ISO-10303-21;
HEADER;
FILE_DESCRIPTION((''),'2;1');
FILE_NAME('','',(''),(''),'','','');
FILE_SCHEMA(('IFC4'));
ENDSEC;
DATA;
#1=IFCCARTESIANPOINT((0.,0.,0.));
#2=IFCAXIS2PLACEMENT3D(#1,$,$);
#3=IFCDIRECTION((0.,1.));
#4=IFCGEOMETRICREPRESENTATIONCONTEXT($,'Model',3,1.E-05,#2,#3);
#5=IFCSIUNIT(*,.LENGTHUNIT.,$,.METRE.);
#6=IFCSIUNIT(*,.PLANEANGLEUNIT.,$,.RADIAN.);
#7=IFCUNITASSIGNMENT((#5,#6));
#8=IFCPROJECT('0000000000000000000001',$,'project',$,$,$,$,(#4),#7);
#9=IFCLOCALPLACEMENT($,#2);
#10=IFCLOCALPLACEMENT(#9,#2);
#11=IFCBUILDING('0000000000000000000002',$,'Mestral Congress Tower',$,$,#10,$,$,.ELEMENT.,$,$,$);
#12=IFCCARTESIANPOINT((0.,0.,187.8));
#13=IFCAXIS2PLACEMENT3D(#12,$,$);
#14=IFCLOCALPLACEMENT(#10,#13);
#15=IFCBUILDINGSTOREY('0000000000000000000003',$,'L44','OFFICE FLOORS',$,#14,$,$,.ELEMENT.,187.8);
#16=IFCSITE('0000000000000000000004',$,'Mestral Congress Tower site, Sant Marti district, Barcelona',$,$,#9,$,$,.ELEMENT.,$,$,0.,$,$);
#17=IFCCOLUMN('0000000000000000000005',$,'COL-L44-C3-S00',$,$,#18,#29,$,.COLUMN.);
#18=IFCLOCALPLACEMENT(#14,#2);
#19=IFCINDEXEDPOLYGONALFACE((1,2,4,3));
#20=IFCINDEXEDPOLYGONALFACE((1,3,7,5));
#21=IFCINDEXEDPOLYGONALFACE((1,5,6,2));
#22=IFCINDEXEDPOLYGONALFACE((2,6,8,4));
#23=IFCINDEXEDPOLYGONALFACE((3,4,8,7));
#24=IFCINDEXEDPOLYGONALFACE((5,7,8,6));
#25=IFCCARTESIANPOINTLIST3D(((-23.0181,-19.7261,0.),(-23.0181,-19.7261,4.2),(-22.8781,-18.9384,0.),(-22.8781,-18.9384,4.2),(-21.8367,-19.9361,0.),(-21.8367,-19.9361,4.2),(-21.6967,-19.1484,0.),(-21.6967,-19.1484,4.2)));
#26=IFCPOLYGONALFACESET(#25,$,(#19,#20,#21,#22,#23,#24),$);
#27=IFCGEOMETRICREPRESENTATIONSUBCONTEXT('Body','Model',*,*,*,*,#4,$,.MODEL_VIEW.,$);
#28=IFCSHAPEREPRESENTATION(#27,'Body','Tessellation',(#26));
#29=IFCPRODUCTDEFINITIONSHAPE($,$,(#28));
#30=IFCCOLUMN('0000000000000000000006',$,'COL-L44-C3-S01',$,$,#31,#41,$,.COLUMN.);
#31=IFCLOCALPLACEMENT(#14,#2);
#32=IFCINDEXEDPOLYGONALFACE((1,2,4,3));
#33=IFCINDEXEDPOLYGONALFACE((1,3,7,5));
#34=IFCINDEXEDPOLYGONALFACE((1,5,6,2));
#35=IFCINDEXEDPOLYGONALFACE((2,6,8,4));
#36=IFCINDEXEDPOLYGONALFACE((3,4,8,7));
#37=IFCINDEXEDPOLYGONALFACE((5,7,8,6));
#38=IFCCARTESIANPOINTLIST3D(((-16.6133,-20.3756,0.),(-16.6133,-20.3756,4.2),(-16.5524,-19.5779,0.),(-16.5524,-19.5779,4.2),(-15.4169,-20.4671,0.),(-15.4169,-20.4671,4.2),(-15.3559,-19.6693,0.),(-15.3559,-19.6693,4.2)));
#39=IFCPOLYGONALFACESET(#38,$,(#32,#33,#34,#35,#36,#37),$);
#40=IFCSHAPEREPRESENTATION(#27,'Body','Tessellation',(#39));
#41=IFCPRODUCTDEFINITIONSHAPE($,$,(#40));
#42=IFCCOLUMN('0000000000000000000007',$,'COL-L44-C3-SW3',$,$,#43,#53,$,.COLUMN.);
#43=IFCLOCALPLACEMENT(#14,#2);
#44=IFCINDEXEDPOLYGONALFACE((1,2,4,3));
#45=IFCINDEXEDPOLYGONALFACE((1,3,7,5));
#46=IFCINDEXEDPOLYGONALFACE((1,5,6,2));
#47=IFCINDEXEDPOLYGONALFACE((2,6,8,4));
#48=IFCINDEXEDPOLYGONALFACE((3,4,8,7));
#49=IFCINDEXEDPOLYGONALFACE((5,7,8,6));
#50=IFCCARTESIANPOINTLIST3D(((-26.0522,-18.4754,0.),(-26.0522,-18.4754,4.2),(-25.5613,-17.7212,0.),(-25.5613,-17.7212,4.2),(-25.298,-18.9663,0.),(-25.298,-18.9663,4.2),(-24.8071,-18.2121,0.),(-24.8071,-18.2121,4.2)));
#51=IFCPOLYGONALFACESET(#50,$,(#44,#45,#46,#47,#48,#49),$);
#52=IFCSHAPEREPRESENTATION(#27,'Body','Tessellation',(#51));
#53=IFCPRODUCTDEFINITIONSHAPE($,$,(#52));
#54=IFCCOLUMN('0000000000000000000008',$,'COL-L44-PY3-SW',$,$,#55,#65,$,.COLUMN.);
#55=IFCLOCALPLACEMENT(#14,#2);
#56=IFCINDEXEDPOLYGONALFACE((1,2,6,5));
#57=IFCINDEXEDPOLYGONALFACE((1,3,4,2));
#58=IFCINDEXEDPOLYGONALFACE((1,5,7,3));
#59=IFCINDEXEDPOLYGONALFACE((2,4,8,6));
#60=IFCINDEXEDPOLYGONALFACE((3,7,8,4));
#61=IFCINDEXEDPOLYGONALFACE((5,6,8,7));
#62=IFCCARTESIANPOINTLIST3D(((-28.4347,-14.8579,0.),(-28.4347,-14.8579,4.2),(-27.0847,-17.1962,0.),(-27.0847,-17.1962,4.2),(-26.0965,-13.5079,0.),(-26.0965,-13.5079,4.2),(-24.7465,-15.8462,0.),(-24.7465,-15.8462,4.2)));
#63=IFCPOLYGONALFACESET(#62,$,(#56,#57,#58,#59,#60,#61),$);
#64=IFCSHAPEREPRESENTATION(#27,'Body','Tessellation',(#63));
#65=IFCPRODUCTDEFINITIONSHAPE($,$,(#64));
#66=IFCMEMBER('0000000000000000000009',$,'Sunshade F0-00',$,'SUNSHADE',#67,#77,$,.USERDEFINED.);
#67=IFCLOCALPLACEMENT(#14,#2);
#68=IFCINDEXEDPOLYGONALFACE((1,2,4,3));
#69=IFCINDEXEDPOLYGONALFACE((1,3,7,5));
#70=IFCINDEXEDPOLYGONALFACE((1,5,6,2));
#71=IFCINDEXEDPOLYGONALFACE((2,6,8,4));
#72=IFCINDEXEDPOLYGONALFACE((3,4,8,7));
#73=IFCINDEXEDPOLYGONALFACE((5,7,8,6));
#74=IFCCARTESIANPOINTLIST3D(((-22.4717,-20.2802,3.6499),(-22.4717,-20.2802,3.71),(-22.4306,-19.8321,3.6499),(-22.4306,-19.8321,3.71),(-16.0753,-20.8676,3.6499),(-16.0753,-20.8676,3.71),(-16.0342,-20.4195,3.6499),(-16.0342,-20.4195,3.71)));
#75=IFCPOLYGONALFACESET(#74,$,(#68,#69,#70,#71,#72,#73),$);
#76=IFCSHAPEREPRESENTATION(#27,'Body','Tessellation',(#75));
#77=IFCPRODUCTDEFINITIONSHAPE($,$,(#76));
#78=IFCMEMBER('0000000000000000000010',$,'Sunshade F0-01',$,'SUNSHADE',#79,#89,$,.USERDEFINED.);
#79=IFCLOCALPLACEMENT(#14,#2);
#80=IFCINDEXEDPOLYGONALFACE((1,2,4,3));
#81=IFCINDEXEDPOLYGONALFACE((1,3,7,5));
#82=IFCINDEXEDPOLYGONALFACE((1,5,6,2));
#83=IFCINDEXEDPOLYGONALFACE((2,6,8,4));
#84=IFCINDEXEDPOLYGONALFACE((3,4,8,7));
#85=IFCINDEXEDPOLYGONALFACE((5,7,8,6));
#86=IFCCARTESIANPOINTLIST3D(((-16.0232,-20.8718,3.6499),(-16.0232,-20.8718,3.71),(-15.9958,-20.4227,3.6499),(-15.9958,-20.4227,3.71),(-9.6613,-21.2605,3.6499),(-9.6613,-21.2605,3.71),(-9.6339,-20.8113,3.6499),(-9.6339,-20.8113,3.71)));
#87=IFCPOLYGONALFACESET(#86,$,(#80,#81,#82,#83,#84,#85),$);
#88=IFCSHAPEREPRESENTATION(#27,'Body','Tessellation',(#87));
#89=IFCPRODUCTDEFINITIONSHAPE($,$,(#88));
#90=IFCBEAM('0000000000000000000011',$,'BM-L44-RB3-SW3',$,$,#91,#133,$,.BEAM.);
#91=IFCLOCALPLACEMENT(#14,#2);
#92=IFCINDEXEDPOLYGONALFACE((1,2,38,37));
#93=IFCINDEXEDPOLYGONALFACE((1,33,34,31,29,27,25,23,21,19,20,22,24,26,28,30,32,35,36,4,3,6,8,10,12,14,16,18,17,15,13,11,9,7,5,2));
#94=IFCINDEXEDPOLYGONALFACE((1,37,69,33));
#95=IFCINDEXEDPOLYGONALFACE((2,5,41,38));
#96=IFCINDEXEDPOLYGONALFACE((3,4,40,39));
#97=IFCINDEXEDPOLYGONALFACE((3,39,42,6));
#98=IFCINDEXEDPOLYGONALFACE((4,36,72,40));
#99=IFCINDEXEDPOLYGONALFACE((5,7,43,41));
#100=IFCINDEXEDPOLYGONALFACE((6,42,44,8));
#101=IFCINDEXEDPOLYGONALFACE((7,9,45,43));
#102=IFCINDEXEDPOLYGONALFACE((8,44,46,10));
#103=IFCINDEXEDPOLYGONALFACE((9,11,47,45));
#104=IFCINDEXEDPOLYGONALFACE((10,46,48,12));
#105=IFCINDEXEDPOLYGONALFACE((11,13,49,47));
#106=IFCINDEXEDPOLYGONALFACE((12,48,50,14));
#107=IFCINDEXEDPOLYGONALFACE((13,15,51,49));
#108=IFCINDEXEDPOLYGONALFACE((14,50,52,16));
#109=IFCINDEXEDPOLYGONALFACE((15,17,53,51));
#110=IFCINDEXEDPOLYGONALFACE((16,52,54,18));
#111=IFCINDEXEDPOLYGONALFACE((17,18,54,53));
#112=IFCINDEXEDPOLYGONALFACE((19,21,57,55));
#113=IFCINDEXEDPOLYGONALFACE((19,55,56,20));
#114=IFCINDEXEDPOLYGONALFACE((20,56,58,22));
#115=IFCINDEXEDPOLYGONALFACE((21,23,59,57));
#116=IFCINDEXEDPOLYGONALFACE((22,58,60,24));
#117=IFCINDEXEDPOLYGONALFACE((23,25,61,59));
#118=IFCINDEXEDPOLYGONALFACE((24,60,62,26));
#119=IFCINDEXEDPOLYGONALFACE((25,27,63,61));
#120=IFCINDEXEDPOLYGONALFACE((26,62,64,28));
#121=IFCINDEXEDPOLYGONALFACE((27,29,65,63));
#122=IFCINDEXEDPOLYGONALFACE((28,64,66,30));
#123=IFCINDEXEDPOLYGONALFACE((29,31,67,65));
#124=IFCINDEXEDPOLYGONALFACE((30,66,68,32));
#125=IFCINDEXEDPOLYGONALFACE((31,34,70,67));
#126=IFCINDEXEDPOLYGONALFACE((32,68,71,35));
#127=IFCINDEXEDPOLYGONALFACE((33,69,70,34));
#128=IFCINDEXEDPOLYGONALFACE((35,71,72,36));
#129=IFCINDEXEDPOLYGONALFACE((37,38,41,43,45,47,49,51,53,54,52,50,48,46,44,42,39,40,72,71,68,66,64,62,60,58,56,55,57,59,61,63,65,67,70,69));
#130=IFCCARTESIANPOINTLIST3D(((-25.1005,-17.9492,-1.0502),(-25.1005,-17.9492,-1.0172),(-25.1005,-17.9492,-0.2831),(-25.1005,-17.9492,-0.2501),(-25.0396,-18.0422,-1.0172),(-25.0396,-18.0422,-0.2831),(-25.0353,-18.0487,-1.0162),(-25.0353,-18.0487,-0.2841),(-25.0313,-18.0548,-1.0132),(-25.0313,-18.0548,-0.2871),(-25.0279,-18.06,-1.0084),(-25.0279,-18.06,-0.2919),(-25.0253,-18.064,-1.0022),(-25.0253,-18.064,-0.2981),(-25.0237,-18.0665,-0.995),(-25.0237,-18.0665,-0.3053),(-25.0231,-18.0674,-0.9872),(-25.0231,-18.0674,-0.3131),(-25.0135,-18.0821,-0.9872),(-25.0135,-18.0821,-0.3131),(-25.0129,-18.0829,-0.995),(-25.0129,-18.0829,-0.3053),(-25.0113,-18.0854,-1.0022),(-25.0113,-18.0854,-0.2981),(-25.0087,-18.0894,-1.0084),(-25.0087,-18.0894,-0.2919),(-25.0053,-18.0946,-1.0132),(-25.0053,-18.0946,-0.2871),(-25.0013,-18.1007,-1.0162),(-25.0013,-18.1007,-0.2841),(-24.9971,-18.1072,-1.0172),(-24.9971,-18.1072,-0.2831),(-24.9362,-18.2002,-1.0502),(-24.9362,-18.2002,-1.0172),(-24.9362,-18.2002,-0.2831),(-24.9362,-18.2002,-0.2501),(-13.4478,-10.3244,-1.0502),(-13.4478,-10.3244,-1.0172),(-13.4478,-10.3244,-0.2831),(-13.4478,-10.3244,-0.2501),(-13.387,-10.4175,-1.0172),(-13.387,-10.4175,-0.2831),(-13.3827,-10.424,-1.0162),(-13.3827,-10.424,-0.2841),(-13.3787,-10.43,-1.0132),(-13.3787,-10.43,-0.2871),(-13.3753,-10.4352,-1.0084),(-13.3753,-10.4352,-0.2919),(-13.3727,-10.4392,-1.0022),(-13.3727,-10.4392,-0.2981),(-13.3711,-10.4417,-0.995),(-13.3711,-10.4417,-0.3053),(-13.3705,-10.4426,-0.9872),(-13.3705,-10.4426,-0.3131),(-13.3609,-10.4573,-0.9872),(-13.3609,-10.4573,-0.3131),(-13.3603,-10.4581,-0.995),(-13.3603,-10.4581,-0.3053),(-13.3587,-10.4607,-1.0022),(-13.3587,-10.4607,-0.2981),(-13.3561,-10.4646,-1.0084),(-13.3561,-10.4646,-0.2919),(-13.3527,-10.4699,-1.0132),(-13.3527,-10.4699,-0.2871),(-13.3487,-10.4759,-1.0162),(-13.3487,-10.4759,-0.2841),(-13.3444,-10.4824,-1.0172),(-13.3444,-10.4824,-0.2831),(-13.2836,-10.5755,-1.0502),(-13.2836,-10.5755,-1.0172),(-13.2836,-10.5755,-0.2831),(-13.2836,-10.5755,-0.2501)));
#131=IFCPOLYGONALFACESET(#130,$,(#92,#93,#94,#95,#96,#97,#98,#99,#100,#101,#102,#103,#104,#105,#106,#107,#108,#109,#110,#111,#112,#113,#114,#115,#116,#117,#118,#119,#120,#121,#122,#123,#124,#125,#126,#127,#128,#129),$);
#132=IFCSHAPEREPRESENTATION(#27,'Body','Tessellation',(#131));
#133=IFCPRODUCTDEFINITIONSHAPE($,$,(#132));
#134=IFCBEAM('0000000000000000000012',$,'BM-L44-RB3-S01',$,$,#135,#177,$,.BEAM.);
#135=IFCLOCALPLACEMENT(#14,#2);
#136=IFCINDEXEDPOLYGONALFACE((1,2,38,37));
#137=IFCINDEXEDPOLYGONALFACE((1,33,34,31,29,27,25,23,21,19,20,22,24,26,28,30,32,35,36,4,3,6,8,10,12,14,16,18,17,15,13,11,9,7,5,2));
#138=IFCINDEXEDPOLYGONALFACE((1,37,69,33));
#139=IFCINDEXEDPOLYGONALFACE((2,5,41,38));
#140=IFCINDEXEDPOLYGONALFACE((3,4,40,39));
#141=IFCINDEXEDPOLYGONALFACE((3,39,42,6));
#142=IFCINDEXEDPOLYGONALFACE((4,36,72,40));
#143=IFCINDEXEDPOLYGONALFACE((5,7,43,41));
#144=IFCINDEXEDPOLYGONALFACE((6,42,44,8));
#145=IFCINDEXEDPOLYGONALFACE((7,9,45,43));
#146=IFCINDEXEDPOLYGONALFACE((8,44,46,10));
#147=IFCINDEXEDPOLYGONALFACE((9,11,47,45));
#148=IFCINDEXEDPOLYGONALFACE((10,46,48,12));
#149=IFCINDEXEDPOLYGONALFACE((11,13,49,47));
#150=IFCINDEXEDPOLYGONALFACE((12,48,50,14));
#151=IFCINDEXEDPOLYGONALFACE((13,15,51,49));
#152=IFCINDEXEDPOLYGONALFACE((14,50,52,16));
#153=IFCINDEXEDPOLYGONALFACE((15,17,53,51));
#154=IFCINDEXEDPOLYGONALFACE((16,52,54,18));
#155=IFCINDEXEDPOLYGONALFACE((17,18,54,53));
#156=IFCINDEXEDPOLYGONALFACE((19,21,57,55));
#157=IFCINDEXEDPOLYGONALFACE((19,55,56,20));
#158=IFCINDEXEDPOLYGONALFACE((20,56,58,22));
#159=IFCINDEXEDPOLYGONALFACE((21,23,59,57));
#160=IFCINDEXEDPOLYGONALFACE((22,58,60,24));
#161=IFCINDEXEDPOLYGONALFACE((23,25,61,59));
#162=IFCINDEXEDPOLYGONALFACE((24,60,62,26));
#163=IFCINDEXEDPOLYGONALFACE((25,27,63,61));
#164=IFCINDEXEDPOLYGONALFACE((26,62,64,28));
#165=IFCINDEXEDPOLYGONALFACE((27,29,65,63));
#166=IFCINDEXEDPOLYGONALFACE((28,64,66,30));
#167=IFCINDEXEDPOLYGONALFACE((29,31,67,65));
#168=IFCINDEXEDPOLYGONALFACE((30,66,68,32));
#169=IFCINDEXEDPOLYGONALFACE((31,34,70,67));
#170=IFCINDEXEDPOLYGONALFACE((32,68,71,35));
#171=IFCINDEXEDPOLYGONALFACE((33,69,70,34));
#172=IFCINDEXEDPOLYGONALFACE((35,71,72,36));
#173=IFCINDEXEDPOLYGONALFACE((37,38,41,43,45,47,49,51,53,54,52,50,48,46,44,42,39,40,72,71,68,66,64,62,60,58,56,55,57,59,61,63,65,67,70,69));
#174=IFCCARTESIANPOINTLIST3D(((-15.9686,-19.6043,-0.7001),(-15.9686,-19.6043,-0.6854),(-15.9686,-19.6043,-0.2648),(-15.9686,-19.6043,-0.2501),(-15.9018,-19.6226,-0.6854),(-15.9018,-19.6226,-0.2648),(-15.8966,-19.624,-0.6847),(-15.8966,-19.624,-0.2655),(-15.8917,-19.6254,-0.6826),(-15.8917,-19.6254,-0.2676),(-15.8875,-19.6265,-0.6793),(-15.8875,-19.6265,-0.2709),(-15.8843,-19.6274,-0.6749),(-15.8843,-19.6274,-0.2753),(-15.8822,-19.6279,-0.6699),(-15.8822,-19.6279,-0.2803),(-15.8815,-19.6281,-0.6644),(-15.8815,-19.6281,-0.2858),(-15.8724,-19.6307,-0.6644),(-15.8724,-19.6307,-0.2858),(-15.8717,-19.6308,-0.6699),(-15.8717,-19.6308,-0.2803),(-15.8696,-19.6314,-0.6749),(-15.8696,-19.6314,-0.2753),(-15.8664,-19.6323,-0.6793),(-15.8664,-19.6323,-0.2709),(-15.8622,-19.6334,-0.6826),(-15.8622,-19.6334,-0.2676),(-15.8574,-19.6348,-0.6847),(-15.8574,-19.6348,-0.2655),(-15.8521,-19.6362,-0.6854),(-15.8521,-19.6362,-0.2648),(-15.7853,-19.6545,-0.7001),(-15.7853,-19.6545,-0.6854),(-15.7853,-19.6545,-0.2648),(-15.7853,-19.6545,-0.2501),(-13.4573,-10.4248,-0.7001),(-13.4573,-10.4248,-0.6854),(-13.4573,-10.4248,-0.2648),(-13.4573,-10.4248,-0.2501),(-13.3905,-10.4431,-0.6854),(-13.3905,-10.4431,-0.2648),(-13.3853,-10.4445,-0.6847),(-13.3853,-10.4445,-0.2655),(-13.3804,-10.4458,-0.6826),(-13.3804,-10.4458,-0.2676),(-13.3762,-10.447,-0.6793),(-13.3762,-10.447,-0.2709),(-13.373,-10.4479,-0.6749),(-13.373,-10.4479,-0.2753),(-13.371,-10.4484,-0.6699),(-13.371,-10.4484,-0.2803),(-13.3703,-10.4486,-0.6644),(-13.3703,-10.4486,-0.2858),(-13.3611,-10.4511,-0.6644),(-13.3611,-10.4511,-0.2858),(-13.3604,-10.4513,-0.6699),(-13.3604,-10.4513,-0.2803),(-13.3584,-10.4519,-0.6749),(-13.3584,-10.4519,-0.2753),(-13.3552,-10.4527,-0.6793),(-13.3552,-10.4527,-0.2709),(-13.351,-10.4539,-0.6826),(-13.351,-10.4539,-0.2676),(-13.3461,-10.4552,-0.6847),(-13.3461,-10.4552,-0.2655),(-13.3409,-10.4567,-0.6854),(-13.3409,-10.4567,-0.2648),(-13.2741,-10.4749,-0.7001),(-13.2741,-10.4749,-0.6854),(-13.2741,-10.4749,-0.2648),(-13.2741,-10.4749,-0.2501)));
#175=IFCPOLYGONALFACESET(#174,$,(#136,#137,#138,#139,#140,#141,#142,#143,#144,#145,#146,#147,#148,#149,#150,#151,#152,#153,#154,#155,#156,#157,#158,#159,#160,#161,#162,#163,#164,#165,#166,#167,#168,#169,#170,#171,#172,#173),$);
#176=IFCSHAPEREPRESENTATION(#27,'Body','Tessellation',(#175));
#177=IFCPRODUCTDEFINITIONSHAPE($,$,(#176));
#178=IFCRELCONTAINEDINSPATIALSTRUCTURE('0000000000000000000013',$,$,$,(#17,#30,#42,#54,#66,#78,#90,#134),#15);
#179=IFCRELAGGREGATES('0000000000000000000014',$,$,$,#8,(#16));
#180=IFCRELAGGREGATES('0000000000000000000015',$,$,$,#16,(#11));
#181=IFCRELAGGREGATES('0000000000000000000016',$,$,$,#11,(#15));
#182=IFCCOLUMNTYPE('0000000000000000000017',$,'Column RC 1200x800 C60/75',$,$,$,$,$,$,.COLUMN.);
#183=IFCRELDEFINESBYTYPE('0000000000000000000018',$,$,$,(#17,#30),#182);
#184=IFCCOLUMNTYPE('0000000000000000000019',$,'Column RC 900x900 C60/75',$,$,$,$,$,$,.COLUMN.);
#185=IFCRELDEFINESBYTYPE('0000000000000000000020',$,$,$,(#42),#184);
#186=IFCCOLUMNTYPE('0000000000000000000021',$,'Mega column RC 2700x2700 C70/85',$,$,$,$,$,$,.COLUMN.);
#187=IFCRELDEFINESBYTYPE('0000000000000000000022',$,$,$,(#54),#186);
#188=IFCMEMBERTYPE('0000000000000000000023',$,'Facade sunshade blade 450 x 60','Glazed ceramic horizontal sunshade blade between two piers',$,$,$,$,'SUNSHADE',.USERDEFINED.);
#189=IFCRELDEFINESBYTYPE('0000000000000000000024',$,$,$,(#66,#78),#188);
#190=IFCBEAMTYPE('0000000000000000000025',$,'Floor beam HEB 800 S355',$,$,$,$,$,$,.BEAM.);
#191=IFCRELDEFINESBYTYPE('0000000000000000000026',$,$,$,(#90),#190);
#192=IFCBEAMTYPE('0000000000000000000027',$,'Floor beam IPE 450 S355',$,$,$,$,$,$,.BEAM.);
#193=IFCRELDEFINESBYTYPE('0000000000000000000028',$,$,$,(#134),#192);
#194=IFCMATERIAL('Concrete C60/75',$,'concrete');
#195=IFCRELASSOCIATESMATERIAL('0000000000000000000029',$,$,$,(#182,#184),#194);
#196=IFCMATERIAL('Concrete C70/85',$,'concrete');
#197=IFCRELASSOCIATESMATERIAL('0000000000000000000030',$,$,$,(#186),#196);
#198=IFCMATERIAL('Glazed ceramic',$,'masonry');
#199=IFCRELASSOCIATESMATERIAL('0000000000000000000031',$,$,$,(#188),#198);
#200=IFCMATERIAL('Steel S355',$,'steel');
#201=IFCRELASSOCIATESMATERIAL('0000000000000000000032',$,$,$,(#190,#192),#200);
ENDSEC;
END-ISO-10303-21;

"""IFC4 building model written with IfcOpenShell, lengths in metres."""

from ifc_helpers import new_model, si_unit, direction, frame, origin, origin_2d, place, context, subcontext, project, spatial, rectangle, i_section, extrude, material, material_profile, profile_set, type_object, element, save


model = new_model("IFC4")

# Units and contexts
model_context = context("Model", 3, precision=1e-05, world=origin(), true_north=direction((0.0, 1.0)))
body_context = subcontext(model_context, "Body", "Model", "MODEL_VIEW")
ifc_project = project(units=[si_unit("LENGTHUNIT", "METRE"), si_unit("PLANEANGLEUNIT", "RADIAN")], contexts=[model_context])

# Site, building, storey
site_placement = place(None, origin())
site = spatial("IfcSite", under=ifc_project, at=site_placement, Name="Mestral Congress Tower site, Sant Marti district, Barcelona", CompositionType="ELEMENT", RefElevation=0.0)
building_placement = place(site_placement, origin())
building = spatial("IfcBuilding", under=site, at=building_placement, Name="Mestral Congress Tower", CompositionType="ELEMENT")
storey_placement = place(building_placement, frame((0.0, 0.0, 187.8)))
storey = spatial("IfcBuildingStorey", under=building, at=storey_placement, Name="L44", Description="OFFICE FLOORS", CompositionType="ELEMENT", Elevation=187.8)

# Columns
ifc_material_1 = material(Name="Concrete C60/75", Category="concrete")
ifc_material_profile_1 = material_profile(ifc_material_1, rectangle(XDim=1.2, YDim=0.8, at=origin_2d()), Name="RC 1200x800")
ifc_profile_set_1 = profile_set([ifc_material_profile_1], Name="Concrete C60/75")
column_type_1 = type_object("IfcColumnType", Name="Column RC 1200x800 C60/75", PredefinedType="COLUMN", material=ifc_profile_set_1)
for number, where, z_axis, x_axis, name in (
    (1, (-22.3574, -19.4373, 0.0), (0.0, 0.0, 1.0), (0.984571, -0.174985, 0.0), "COL-L44-C3-S00"),
    (2, (-15.9846, -20.0225, 0.0), (0.0, 0.0, 1.0), (0.99709, -0.076237, 0.0), "COL-L44-C3-S01"),
):
    element("IfcColumn", number, at=place(storey_placement, frame(where, z_axis=z_axis, x_axis=x_axis)), inside=storey, type_object=column_type_1, Name=name, PredefinedType="COLUMN", context=body_context, shape_type="SweptSolid", body=[
        extrude(rectangle(XDim=1.2, YDim=0.8, at=origin_2d()), origin(), (0.0, 0.0, 1.0), 4.2),
    ])
ifc_material_profile_2 = material_profile(ifc_material_1, rectangle(XDim=0.8999, YDim=0.8999, at=origin_2d()), Name="RC 900x900")
ifc_profile_set_2 = profile_set([ifc_material_profile_2], Name="Concrete C60/75")
column_type_2 = type_object("IfcColumnType", Name="Column RC 900x900 C60/75", PredefinedType="COLUMN", material=ifc_profile_set_2)
column_1_placement = place(storey_placement, frame((-25.4297, -18.3438, 0.0), z_axis=(0.0, 0.0, 1.0), x_axis=(0.838094, -0.545526, 0.0)))
element("IfcColumn", 3, at=column_1_placement, inside=storey, type_object=column_type_2, Name="COL-L44-C3-SW3", PredefinedType="COLUMN", context=body_context, shape_type="SweptSolid", body=[
    extrude(rectangle(XDim=0.8999, YDim=0.8999, at=origin_2d()), origin(), (0.0, 0.0, 1.0), 4.2),
])
ifc_material_2 = material(Name="Concrete C70/85", Category="concrete")
ifc_material_profile_3 = material_profile(ifc_material_2, rectangle(XDim=2.7, YDim=2.7, at=origin_2d()), Name="RC 2700x2700")
ifc_profile_set_3 = profile_set([ifc_material_profile_3], Name="Concrete C70/85")
column_type_3 = type_object("IfcColumnType", Name="Mega column RC 2700x2700 C70/85", PredefinedType="COLUMN", material=ifc_profile_set_3)
column_2_placement = place(storey_placement, frame((-26.5906, -15.3521, 0.0), z_axis=(0.0, 0.0, 1.0), x_axis=(-0.866025, -0.5, 0.0)))
element("IfcColumn", 4, at=column_2_placement, inside=storey, type_object=column_type_3, Name="COL-L44-PY3-SW", PredefinedType="COLUMN", context=body_context, shape_type="SweptSolid", body=[
    extrude(rectangle(XDim=2.7, YDim=2.7, at=origin_2d()), origin(), (0.0, 0.0, 1.0), 4.2),
])

# Members
ifc_material_3 = material(Name="Glazed ceramic", Category="masonry")
ifc_material_profile_4 = material_profile(ifc_material_3, rectangle(XDim=0.45, YDim=0.0601, at=origin_2d()), Name="Ceramic blade 450 x 60")
ifc_profile_set_4 = profile_set([ifc_material_profile_4], Name="Glazed ceramic")
member_type = type_object("IfcMemberType", Name="Facade sunshade blade 450 x 60", Description="Glazed ceramic horizontal sunshade blade between two piers", ElementType="SUNSHADE", PredefinedType="USERDEFINED", material=ifc_profile_set_4)
member_1_placement = place(storey_placement, frame((-22.4512, -20.0562, 3.6799), z_axis=(0.99581, -0.091447, 0.0), x_axis=(0.091447, 0.99581, 0.0)))
element("IfcMember", 5, at=member_1_placement, inside=storey, type_object=member_type, Name="Sunshade F0-00", ObjectType="SUNSHADE", PredefinedType="USERDEFINED", context=body_context, shape_type="SweptSolid", body=[
    extrude(rectangle(XDim=0.45, YDim=0.0601, at=origin_2d()), origin(), (0.0, 0.0, 1.0), 6.4233),
])
member_2_placement = place(storey_placement, frame((-16.0095, -20.6472, 3.6799), z_axis=(0.998139, -0.060981, 0.0), x_axis=(0.060981, 0.998139, 0.0)))
element("IfcMember", 6, at=member_2_placement, inside=storey, type_object=member_type, Name="Sunshade F0-01", ObjectType="SUNSHADE", PredefinedType="USERDEFINED", context=body_context, shape_type="SweptSolid", body=[
    extrude(rectangle(XDim=0.45, YDim=0.0601, at=origin_2d()), origin(), (0.0, 0.0, 1.0), 6.3738),
])

# Beams
ifc_material_4 = material(Name="Steel S355", Category="steel")
ifc_material_profile_5 = material_profile(ifc_material_4, i_section(OverallWidth=0.3, OverallDepth=0.8, WebThickness=0.0176, FlangeThickness=0.033, FilletRadius=0.03, at=origin_2d()), Name="HEB 800")
ifc_profile_set_5 = profile_set([ifc_material_profile_5], Name="Steel S355")
beam_type_1 = type_object("IfcBeamType", Name="Floor beam HEB 800 S355", PredefinedType="BEAM", material=ifc_profile_set_5)
beam_1_placement = place(storey_placement, frame((-25.0183, -18.0747, -0.6501), z_axis=(0.83678, 0.547539, 0.0), x_axis=(-0.547539, 0.83678, 0.0)))
element("IfcBeam", 7, at=beam_1_placement, inside=storey, type_object=beam_type_1, Name="BM-L44-RB3-SW3", PredefinedType="BEAM", context=body_context, shape_type="SweptSolid", body=[
    extrude(i_section(OverallWidth=0.3, OverallDepth=0.8, WebThickness=0.0176, FlangeThickness=0.033, FilletRadius=0.03, at=origin_2d()), origin(), (0.0, 0.0, 1.0), 13.9255),
])
ifc_material_profile_6 = material_profile(ifc_material_4, i_section(OverallWidth=0.1899, OverallDepth=0.45, WebThickness=0.0095, FlangeThickness=0.0146, FilletRadius=0.021, at=origin_2d()), Name="IPE 450")
ifc_profile_set_6 = profile_set([ifc_material_profile_6], Name="Steel S355")
beam_type_2 = type_object("IfcBeamType", Name="Floor beam IPE 450 S355", PredefinedType="BEAM", material=ifc_profile_set_6)
beam_2_placement = place(storey_placement, frame((-15.877, -19.6294, -0.4751), z_axis=(0.263875, 0.964557, 0.0), x_axis=(-0.964557, 0.263875, 0.0)))
element("IfcBeam", 8, at=beam_2_placement, inside=storey, type_object=beam_type_2, Name="BM-L44-RB3-S01", PredefinedType="BEAM", context=body_context, shape_type="SweptSolid", body=[
    extrude(i_section(OverallWidth=0.1899, OverallDepth=0.45, WebThickness=0.0095, FlangeThickness=0.0146, FilletRadius=0.021, at=origin_2d()), origin(), (0.0, 0.0, 1.0), 9.5168),
])

save(model, "model.ifc")
